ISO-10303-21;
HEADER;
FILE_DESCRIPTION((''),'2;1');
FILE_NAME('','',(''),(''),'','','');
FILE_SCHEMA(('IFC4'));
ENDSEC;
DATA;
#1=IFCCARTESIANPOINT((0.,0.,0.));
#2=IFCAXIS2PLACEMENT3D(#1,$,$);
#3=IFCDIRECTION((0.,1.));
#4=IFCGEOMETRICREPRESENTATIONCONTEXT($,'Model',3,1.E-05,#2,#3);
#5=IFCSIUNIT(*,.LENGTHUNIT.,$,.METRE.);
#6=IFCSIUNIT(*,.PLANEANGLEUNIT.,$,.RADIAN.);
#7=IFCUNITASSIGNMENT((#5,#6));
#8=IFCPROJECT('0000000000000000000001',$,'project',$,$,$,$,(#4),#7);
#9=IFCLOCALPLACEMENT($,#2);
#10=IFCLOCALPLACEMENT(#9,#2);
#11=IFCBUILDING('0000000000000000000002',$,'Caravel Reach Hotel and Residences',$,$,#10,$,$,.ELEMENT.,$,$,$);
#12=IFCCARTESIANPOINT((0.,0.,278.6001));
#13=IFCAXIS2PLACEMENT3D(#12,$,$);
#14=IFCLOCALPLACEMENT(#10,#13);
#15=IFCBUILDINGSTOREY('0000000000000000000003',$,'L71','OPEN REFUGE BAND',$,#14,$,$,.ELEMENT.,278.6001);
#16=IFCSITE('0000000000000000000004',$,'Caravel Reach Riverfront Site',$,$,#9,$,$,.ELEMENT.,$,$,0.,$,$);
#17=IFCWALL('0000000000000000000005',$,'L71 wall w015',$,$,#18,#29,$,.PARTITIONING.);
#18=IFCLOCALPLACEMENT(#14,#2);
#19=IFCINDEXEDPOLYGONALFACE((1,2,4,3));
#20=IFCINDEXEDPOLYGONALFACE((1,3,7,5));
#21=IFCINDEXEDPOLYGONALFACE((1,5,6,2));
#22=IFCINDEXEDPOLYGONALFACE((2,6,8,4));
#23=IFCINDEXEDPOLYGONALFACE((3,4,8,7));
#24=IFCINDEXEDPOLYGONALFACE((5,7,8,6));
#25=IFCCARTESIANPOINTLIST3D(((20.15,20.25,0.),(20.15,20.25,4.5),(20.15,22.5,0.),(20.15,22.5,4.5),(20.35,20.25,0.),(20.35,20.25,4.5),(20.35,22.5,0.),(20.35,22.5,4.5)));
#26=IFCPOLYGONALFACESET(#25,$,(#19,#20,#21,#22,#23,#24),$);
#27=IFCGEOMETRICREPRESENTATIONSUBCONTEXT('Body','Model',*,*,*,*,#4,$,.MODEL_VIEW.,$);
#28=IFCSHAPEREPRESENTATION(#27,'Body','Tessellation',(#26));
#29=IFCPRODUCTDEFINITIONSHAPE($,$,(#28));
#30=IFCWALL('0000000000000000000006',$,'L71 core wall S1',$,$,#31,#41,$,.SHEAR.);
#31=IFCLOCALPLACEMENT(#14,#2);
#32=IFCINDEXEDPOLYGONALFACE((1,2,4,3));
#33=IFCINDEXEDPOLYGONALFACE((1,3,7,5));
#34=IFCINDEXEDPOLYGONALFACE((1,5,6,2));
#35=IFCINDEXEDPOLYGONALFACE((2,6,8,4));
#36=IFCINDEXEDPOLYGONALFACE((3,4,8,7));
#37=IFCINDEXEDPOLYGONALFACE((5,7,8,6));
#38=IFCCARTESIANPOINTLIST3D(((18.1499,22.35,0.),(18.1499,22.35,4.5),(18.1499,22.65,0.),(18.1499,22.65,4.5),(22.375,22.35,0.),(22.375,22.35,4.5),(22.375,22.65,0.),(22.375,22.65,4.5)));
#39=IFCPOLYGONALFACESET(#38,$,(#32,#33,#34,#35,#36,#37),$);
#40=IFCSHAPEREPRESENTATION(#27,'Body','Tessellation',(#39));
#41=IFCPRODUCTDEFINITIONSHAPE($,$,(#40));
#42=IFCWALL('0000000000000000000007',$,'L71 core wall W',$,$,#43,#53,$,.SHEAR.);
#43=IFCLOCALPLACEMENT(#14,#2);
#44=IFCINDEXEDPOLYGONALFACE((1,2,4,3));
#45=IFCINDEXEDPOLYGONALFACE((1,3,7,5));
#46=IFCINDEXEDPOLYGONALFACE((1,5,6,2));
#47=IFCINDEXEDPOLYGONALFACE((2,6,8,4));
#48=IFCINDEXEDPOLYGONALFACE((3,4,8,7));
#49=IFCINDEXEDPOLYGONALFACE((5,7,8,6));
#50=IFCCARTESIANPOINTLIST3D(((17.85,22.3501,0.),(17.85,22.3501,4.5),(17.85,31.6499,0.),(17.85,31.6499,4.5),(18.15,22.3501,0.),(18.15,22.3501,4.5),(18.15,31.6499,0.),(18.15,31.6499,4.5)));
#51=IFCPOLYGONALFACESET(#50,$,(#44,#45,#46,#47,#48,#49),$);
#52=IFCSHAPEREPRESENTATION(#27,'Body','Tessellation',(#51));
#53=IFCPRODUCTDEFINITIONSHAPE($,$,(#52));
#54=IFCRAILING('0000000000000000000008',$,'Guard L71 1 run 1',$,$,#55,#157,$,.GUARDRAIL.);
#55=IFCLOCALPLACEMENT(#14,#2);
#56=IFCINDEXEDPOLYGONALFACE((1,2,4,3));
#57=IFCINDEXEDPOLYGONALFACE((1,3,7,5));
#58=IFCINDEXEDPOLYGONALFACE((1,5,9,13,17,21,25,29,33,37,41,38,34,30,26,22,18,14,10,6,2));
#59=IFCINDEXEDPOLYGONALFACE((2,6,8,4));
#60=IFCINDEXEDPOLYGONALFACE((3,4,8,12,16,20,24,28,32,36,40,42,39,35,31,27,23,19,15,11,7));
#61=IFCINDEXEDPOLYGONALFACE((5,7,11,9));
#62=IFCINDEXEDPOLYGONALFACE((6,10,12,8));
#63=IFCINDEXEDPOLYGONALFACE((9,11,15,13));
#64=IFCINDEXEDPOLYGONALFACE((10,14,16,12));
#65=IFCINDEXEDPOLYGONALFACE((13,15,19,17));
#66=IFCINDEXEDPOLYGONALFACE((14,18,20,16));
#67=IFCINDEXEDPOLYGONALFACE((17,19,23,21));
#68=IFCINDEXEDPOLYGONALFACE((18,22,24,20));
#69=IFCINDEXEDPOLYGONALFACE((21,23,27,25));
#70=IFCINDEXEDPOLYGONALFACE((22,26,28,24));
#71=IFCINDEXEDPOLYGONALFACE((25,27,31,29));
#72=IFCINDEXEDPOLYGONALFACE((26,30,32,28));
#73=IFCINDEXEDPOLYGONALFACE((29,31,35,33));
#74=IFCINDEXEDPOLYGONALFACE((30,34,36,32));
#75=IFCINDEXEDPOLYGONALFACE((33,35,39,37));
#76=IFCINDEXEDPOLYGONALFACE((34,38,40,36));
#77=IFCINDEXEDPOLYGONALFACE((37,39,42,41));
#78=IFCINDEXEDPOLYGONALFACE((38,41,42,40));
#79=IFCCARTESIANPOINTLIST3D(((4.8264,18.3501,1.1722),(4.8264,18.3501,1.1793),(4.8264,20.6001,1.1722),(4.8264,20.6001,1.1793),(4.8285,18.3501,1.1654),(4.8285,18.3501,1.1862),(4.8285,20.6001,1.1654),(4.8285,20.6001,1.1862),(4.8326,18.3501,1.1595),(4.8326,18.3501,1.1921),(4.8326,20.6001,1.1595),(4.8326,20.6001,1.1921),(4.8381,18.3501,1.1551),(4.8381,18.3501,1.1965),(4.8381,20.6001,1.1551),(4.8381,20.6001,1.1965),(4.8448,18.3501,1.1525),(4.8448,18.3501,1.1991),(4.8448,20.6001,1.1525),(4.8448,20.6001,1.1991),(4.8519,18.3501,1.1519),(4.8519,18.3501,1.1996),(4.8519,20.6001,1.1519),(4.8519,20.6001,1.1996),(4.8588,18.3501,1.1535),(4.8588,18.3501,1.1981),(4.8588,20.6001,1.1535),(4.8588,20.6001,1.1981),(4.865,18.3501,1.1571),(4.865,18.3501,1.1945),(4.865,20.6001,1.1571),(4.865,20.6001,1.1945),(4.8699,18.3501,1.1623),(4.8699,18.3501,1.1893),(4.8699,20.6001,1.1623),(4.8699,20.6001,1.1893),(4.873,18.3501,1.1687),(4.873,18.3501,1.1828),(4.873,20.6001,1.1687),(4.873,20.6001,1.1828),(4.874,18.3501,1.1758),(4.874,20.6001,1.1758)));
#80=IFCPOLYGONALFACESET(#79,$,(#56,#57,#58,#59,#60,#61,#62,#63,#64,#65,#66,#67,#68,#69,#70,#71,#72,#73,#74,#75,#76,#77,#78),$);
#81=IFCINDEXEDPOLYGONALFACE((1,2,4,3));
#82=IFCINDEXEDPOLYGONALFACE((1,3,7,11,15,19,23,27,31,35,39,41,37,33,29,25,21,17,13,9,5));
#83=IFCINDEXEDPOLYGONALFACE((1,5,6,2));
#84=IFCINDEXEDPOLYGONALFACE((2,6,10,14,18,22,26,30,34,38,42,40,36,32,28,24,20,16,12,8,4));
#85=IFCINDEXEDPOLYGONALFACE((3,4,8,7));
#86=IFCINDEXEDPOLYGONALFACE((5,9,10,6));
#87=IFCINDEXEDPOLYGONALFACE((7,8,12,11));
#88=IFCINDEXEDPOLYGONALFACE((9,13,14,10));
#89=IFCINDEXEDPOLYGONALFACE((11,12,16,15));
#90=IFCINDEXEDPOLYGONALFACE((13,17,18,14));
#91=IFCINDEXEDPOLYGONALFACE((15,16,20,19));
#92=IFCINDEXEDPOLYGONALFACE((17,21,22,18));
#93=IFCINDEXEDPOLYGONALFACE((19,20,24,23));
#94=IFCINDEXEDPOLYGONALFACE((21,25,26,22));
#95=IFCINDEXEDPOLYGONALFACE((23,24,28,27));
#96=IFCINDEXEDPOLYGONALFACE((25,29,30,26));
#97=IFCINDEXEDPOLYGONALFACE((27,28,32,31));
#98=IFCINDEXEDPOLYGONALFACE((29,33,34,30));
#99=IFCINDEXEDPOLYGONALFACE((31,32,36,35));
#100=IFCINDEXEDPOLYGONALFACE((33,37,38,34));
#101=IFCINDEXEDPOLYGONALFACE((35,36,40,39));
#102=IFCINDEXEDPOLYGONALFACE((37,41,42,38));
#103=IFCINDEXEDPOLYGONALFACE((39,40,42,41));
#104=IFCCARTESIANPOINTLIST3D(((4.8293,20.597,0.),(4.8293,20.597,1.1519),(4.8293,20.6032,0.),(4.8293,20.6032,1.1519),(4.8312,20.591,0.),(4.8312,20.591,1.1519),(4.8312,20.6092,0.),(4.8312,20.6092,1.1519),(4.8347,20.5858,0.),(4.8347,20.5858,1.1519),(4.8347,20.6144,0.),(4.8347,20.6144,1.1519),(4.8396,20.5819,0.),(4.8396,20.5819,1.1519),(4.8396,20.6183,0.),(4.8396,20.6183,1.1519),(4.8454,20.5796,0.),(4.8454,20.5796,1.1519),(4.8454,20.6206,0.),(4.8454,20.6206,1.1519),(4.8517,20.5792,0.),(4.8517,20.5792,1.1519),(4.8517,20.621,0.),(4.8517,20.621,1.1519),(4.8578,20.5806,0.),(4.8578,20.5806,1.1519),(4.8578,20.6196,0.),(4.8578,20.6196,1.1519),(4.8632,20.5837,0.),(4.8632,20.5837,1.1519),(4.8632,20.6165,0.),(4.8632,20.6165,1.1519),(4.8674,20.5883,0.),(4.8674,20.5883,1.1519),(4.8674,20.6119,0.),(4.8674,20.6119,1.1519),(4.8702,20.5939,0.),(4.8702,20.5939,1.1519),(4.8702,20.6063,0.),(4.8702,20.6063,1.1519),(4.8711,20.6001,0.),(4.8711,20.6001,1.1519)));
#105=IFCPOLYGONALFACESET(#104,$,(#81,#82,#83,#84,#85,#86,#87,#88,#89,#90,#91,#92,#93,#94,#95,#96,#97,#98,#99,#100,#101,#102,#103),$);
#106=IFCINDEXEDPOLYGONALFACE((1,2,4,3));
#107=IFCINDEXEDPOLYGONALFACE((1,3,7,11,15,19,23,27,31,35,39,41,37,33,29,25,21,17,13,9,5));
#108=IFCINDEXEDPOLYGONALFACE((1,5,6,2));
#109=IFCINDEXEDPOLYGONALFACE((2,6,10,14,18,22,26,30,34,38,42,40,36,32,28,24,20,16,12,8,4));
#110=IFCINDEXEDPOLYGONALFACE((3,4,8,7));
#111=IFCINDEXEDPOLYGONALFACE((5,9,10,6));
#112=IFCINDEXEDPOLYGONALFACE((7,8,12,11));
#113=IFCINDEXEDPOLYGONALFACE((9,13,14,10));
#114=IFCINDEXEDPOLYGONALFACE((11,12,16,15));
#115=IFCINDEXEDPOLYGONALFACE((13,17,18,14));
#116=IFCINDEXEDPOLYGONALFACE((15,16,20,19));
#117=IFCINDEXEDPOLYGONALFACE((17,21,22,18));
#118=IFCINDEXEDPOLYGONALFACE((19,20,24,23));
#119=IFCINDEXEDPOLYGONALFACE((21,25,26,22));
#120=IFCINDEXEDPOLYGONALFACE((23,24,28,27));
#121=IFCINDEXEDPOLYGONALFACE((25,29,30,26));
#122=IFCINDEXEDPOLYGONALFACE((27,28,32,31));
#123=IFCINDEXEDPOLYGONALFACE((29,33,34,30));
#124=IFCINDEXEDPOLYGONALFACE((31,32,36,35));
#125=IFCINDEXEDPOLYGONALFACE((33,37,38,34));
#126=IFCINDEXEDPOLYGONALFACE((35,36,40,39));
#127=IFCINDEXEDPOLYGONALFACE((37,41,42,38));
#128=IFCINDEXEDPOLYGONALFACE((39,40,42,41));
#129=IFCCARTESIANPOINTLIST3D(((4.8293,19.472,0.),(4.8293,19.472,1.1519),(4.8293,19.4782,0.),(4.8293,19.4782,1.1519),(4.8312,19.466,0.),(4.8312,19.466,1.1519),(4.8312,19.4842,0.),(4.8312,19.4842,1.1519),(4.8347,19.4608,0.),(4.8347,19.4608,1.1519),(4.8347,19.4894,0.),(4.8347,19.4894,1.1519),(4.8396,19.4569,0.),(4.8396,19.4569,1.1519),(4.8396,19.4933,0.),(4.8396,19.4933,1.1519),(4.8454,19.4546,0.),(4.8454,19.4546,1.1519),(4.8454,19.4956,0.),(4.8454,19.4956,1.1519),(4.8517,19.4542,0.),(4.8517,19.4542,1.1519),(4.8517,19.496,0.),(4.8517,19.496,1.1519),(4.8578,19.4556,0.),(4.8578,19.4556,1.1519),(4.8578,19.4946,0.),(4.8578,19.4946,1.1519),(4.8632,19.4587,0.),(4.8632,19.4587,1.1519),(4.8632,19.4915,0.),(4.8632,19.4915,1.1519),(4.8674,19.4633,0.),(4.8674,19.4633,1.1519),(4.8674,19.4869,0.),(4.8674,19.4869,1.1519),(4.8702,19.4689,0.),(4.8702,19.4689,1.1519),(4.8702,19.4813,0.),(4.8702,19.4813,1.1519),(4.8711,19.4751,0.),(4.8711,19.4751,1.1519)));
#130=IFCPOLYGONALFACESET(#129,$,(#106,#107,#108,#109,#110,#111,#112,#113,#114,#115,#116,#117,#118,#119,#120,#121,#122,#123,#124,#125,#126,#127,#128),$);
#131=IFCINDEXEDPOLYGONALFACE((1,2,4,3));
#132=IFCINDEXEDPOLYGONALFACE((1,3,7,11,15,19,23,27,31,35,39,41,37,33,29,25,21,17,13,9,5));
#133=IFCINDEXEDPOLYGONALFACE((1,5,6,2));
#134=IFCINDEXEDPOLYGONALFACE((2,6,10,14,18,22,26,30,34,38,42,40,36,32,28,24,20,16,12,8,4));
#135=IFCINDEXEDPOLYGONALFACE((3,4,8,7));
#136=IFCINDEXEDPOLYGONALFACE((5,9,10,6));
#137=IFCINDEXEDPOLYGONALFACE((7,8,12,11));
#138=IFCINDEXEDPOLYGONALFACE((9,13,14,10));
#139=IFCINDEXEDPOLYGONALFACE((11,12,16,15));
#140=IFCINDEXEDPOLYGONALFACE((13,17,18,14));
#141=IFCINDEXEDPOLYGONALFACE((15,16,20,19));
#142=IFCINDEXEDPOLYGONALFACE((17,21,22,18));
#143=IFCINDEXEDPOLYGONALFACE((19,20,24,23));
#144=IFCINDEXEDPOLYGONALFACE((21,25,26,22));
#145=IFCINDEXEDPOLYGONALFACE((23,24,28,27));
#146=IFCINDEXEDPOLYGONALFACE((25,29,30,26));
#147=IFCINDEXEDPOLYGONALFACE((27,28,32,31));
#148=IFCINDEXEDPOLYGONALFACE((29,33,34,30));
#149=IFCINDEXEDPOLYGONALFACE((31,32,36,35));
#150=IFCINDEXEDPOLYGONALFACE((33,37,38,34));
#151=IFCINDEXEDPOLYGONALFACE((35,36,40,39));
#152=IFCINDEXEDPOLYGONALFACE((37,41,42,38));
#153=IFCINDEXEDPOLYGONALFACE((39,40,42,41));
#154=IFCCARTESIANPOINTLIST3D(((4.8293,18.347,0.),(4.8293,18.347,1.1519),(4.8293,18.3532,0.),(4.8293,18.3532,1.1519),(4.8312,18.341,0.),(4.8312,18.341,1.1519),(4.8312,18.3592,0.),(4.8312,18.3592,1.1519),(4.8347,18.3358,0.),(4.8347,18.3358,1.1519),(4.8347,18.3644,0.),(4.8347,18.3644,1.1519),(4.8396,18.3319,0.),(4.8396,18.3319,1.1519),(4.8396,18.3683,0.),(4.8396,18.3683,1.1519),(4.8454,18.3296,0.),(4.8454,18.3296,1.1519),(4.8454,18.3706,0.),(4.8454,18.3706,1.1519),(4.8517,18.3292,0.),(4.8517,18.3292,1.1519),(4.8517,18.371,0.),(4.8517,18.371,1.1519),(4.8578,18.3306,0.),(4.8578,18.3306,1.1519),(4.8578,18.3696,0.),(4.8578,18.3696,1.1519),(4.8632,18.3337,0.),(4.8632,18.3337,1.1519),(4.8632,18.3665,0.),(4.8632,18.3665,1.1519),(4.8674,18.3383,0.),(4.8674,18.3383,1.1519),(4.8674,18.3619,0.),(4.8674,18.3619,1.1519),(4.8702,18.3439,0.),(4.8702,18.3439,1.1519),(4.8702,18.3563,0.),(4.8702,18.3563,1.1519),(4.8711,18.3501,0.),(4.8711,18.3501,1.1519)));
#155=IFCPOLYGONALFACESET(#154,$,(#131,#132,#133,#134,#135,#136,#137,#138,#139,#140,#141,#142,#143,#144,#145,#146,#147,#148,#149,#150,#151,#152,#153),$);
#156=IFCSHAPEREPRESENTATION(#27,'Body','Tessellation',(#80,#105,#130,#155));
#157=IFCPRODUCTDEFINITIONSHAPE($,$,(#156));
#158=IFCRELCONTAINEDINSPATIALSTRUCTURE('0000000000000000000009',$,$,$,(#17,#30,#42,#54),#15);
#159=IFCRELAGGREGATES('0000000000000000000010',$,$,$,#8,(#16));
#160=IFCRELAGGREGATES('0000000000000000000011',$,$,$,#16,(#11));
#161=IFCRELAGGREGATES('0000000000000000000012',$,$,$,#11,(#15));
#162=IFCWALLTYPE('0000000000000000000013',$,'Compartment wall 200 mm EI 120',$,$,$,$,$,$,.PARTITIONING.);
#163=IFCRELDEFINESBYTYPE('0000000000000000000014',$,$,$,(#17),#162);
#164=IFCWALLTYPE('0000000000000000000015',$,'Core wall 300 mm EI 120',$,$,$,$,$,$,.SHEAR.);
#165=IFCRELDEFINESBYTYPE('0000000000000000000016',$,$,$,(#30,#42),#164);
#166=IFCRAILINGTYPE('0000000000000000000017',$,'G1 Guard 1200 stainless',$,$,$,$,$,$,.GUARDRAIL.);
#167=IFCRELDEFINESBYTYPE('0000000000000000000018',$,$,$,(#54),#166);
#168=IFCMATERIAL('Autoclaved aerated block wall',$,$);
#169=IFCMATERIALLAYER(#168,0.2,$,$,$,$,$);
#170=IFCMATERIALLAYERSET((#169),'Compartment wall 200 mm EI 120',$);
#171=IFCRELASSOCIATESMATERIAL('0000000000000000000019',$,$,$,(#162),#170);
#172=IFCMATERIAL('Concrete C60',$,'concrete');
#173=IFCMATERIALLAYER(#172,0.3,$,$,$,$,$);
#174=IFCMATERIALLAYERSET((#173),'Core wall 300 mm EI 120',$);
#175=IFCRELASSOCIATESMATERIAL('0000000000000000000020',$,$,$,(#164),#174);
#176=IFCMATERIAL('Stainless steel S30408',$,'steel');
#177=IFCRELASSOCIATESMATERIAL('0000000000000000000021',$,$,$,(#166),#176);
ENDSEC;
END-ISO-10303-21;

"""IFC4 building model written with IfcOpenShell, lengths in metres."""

from ifc_helpers import new_model, si_unit, direction, frame, frame_2d, origin, origin_2d, place, context, subcontext, project, spatial, rectangle, circle, extrude, material, layer, layer_set, type_object, element, save


model = new_model("IFC4")

# Units and contexts
model_context = context("Model", 3, precision=1e-05, world=origin(), true_north=direction((0.0, 1.0)))
body_context = subcontext(model_context, "Body", "Model", "MODEL_VIEW")
ifc_project = project(units=[si_unit("LENGTHUNIT", "METRE"), si_unit("PLANEANGLEUNIT", "RADIAN")], contexts=[model_context])

# Site, building, storey
site_placement = place(None, origin())
site = spatial("IfcSite", under=ifc_project, at=site_placement, Name="Caravel Reach Riverfront Site", CompositionType="ELEMENT", RefElevation=0.0)
building_placement = place(site_placement, origin())
building = spatial("IfcBuilding", under=site, at=building_placement, Name="Caravel Reach Hotel and Residences", CompositionType="ELEMENT")
storey_placement = place(building_placement, frame((0.0, 0.0, 278.6001)))
storey = spatial("IfcBuildingStorey", under=building, at=storey_placement, Name="L71", Description="OPEN REFUGE BAND", CompositionType="ELEMENT", Elevation=278.6001)

# Walls
ifc_material_1 = material(Name="Autoclaved aerated block wall")
ifc_layer_1 = layer(ifc_material_1, 0.2)
ifc_layer_set_1 = layer_set([ifc_layer_1], Name="Compartment wall 200 mm EI 120")
wall_type_1 = type_object("IfcWallType", Name="Compartment wall 200 mm EI 120", PredefinedType="PARTITIONING", material=ifc_layer_set_1)
for number, where, z_axis, x_axis, name in (
    (1, (20.25, 20.25, 0.0), (0.0, 0.0, 1.0), (0.0, 1.0, 0.0), "L71 wall w015"),
):
    element("IfcWall", number, at=place(storey_placement, frame(where, z_axis=z_axis, x_axis=x_axis)), inside=storey, type_object=wall_type_1, Name=name, PredefinedType="PARTITIONING", context=body_context, shape_type="SweptSolid", body=[
        extrude(rectangle(XDim=2.25, YDim=0.2, at=frame_2d((1.125, 0.0))), origin(), (0.0, 0.0, 1.0), 4.5),
    ])
ifc_material_2 = material(Name="Concrete C60", Category="concrete")
ifc_layer_2 = layer(ifc_material_2, 0.3)
ifc_layer_set_2 = layer_set([ifc_layer_2], Name="Core wall 300 mm EI 120")
wall_type_2 = type_object("IfcWallType", Name="Core wall 300 mm EI 120", PredefinedType="SHEAR", material=ifc_layer_set_2)
wall_1_placement = place(storey_placement, frame((18.1499, 22.5, 0.0), z_axis=(0.0, 0.0, 1.0), x_axis=(1.0, 0.0, 0.0)))
element("IfcWall", 2, at=wall_1_placement, inside=storey, type_object=wall_type_2, Name="L71 core wall S1", PredefinedType="SHEAR", context=body_context, shape_type="SweptSolid", body=[
    extrude(rectangle(XDim=4.2251, YDim=0.3, at=frame_2d((2.1125, 0.0))), origin(), (0.0, 0.0, 1.0), 4.5),
])
wall_2_placement = place(storey_placement, frame((18.0, 22.3501, 0.0), z_axis=(0.0, 0.0, 1.0), x_axis=(0.0, 1.0, 0.0)))
element("IfcWall", 3, at=wall_2_placement, inside=storey, type_object=wall_type_2, Name="L71 core wall W", PredefinedType="SHEAR", context=body_context, shape_type="SweptSolid", body=[
    extrude(rectangle(XDim=9.2998, YDim=0.3, at=frame_2d((4.6499, 0.0))), origin(), (0.0, 0.0, 1.0), 4.5),
])

# Railing
ifc_material_3 = material(Name="Stainless steel S30408", Category="steel")
railing_type_1 = type_object("IfcRailingType", Name="G1 Guard 1200 stainless", PredefinedType="GUARDRAIL", material=ifc_material_3)
railing_1_placement = place(storey_placement, frame((4.8501, 20.6001, 0.0)))
element("IfcRailing", 4, at=railing_1_placement, inside=storey, type_object=railing_type_1, Name="Guard L71 1 run 1", PredefinedType="GUARDRAIL", context=body_context, shape_type="SweptSolid", body=[
    extrude(circle(Radius=0.0239, at=origin_2d()), frame((0.0, 0.0, 1.1758), z_axis=(0.0, -1.0, 0.0), x_axis=(1.0, 0.0, 0.0)), (0.0, 0.0, 1.0), 2.25),
    extrude(circle(Radius=0.021, at=origin_2d()), origin(), (0.0, 0.0, 1.0), 1.1519),
    extrude(circle(Radius=0.021, at=origin_2d()), frame((0.0, -1.125, 0.0)), (0.0, 0.0, 1.0), 1.1519),
    extrude(circle(Radius=0.021, at=origin_2d()), frame((0.0, -2.25, 0.0)), (0.0, 0.0, 1.0), 1.1519),
])

save(model, "model.ifc")
